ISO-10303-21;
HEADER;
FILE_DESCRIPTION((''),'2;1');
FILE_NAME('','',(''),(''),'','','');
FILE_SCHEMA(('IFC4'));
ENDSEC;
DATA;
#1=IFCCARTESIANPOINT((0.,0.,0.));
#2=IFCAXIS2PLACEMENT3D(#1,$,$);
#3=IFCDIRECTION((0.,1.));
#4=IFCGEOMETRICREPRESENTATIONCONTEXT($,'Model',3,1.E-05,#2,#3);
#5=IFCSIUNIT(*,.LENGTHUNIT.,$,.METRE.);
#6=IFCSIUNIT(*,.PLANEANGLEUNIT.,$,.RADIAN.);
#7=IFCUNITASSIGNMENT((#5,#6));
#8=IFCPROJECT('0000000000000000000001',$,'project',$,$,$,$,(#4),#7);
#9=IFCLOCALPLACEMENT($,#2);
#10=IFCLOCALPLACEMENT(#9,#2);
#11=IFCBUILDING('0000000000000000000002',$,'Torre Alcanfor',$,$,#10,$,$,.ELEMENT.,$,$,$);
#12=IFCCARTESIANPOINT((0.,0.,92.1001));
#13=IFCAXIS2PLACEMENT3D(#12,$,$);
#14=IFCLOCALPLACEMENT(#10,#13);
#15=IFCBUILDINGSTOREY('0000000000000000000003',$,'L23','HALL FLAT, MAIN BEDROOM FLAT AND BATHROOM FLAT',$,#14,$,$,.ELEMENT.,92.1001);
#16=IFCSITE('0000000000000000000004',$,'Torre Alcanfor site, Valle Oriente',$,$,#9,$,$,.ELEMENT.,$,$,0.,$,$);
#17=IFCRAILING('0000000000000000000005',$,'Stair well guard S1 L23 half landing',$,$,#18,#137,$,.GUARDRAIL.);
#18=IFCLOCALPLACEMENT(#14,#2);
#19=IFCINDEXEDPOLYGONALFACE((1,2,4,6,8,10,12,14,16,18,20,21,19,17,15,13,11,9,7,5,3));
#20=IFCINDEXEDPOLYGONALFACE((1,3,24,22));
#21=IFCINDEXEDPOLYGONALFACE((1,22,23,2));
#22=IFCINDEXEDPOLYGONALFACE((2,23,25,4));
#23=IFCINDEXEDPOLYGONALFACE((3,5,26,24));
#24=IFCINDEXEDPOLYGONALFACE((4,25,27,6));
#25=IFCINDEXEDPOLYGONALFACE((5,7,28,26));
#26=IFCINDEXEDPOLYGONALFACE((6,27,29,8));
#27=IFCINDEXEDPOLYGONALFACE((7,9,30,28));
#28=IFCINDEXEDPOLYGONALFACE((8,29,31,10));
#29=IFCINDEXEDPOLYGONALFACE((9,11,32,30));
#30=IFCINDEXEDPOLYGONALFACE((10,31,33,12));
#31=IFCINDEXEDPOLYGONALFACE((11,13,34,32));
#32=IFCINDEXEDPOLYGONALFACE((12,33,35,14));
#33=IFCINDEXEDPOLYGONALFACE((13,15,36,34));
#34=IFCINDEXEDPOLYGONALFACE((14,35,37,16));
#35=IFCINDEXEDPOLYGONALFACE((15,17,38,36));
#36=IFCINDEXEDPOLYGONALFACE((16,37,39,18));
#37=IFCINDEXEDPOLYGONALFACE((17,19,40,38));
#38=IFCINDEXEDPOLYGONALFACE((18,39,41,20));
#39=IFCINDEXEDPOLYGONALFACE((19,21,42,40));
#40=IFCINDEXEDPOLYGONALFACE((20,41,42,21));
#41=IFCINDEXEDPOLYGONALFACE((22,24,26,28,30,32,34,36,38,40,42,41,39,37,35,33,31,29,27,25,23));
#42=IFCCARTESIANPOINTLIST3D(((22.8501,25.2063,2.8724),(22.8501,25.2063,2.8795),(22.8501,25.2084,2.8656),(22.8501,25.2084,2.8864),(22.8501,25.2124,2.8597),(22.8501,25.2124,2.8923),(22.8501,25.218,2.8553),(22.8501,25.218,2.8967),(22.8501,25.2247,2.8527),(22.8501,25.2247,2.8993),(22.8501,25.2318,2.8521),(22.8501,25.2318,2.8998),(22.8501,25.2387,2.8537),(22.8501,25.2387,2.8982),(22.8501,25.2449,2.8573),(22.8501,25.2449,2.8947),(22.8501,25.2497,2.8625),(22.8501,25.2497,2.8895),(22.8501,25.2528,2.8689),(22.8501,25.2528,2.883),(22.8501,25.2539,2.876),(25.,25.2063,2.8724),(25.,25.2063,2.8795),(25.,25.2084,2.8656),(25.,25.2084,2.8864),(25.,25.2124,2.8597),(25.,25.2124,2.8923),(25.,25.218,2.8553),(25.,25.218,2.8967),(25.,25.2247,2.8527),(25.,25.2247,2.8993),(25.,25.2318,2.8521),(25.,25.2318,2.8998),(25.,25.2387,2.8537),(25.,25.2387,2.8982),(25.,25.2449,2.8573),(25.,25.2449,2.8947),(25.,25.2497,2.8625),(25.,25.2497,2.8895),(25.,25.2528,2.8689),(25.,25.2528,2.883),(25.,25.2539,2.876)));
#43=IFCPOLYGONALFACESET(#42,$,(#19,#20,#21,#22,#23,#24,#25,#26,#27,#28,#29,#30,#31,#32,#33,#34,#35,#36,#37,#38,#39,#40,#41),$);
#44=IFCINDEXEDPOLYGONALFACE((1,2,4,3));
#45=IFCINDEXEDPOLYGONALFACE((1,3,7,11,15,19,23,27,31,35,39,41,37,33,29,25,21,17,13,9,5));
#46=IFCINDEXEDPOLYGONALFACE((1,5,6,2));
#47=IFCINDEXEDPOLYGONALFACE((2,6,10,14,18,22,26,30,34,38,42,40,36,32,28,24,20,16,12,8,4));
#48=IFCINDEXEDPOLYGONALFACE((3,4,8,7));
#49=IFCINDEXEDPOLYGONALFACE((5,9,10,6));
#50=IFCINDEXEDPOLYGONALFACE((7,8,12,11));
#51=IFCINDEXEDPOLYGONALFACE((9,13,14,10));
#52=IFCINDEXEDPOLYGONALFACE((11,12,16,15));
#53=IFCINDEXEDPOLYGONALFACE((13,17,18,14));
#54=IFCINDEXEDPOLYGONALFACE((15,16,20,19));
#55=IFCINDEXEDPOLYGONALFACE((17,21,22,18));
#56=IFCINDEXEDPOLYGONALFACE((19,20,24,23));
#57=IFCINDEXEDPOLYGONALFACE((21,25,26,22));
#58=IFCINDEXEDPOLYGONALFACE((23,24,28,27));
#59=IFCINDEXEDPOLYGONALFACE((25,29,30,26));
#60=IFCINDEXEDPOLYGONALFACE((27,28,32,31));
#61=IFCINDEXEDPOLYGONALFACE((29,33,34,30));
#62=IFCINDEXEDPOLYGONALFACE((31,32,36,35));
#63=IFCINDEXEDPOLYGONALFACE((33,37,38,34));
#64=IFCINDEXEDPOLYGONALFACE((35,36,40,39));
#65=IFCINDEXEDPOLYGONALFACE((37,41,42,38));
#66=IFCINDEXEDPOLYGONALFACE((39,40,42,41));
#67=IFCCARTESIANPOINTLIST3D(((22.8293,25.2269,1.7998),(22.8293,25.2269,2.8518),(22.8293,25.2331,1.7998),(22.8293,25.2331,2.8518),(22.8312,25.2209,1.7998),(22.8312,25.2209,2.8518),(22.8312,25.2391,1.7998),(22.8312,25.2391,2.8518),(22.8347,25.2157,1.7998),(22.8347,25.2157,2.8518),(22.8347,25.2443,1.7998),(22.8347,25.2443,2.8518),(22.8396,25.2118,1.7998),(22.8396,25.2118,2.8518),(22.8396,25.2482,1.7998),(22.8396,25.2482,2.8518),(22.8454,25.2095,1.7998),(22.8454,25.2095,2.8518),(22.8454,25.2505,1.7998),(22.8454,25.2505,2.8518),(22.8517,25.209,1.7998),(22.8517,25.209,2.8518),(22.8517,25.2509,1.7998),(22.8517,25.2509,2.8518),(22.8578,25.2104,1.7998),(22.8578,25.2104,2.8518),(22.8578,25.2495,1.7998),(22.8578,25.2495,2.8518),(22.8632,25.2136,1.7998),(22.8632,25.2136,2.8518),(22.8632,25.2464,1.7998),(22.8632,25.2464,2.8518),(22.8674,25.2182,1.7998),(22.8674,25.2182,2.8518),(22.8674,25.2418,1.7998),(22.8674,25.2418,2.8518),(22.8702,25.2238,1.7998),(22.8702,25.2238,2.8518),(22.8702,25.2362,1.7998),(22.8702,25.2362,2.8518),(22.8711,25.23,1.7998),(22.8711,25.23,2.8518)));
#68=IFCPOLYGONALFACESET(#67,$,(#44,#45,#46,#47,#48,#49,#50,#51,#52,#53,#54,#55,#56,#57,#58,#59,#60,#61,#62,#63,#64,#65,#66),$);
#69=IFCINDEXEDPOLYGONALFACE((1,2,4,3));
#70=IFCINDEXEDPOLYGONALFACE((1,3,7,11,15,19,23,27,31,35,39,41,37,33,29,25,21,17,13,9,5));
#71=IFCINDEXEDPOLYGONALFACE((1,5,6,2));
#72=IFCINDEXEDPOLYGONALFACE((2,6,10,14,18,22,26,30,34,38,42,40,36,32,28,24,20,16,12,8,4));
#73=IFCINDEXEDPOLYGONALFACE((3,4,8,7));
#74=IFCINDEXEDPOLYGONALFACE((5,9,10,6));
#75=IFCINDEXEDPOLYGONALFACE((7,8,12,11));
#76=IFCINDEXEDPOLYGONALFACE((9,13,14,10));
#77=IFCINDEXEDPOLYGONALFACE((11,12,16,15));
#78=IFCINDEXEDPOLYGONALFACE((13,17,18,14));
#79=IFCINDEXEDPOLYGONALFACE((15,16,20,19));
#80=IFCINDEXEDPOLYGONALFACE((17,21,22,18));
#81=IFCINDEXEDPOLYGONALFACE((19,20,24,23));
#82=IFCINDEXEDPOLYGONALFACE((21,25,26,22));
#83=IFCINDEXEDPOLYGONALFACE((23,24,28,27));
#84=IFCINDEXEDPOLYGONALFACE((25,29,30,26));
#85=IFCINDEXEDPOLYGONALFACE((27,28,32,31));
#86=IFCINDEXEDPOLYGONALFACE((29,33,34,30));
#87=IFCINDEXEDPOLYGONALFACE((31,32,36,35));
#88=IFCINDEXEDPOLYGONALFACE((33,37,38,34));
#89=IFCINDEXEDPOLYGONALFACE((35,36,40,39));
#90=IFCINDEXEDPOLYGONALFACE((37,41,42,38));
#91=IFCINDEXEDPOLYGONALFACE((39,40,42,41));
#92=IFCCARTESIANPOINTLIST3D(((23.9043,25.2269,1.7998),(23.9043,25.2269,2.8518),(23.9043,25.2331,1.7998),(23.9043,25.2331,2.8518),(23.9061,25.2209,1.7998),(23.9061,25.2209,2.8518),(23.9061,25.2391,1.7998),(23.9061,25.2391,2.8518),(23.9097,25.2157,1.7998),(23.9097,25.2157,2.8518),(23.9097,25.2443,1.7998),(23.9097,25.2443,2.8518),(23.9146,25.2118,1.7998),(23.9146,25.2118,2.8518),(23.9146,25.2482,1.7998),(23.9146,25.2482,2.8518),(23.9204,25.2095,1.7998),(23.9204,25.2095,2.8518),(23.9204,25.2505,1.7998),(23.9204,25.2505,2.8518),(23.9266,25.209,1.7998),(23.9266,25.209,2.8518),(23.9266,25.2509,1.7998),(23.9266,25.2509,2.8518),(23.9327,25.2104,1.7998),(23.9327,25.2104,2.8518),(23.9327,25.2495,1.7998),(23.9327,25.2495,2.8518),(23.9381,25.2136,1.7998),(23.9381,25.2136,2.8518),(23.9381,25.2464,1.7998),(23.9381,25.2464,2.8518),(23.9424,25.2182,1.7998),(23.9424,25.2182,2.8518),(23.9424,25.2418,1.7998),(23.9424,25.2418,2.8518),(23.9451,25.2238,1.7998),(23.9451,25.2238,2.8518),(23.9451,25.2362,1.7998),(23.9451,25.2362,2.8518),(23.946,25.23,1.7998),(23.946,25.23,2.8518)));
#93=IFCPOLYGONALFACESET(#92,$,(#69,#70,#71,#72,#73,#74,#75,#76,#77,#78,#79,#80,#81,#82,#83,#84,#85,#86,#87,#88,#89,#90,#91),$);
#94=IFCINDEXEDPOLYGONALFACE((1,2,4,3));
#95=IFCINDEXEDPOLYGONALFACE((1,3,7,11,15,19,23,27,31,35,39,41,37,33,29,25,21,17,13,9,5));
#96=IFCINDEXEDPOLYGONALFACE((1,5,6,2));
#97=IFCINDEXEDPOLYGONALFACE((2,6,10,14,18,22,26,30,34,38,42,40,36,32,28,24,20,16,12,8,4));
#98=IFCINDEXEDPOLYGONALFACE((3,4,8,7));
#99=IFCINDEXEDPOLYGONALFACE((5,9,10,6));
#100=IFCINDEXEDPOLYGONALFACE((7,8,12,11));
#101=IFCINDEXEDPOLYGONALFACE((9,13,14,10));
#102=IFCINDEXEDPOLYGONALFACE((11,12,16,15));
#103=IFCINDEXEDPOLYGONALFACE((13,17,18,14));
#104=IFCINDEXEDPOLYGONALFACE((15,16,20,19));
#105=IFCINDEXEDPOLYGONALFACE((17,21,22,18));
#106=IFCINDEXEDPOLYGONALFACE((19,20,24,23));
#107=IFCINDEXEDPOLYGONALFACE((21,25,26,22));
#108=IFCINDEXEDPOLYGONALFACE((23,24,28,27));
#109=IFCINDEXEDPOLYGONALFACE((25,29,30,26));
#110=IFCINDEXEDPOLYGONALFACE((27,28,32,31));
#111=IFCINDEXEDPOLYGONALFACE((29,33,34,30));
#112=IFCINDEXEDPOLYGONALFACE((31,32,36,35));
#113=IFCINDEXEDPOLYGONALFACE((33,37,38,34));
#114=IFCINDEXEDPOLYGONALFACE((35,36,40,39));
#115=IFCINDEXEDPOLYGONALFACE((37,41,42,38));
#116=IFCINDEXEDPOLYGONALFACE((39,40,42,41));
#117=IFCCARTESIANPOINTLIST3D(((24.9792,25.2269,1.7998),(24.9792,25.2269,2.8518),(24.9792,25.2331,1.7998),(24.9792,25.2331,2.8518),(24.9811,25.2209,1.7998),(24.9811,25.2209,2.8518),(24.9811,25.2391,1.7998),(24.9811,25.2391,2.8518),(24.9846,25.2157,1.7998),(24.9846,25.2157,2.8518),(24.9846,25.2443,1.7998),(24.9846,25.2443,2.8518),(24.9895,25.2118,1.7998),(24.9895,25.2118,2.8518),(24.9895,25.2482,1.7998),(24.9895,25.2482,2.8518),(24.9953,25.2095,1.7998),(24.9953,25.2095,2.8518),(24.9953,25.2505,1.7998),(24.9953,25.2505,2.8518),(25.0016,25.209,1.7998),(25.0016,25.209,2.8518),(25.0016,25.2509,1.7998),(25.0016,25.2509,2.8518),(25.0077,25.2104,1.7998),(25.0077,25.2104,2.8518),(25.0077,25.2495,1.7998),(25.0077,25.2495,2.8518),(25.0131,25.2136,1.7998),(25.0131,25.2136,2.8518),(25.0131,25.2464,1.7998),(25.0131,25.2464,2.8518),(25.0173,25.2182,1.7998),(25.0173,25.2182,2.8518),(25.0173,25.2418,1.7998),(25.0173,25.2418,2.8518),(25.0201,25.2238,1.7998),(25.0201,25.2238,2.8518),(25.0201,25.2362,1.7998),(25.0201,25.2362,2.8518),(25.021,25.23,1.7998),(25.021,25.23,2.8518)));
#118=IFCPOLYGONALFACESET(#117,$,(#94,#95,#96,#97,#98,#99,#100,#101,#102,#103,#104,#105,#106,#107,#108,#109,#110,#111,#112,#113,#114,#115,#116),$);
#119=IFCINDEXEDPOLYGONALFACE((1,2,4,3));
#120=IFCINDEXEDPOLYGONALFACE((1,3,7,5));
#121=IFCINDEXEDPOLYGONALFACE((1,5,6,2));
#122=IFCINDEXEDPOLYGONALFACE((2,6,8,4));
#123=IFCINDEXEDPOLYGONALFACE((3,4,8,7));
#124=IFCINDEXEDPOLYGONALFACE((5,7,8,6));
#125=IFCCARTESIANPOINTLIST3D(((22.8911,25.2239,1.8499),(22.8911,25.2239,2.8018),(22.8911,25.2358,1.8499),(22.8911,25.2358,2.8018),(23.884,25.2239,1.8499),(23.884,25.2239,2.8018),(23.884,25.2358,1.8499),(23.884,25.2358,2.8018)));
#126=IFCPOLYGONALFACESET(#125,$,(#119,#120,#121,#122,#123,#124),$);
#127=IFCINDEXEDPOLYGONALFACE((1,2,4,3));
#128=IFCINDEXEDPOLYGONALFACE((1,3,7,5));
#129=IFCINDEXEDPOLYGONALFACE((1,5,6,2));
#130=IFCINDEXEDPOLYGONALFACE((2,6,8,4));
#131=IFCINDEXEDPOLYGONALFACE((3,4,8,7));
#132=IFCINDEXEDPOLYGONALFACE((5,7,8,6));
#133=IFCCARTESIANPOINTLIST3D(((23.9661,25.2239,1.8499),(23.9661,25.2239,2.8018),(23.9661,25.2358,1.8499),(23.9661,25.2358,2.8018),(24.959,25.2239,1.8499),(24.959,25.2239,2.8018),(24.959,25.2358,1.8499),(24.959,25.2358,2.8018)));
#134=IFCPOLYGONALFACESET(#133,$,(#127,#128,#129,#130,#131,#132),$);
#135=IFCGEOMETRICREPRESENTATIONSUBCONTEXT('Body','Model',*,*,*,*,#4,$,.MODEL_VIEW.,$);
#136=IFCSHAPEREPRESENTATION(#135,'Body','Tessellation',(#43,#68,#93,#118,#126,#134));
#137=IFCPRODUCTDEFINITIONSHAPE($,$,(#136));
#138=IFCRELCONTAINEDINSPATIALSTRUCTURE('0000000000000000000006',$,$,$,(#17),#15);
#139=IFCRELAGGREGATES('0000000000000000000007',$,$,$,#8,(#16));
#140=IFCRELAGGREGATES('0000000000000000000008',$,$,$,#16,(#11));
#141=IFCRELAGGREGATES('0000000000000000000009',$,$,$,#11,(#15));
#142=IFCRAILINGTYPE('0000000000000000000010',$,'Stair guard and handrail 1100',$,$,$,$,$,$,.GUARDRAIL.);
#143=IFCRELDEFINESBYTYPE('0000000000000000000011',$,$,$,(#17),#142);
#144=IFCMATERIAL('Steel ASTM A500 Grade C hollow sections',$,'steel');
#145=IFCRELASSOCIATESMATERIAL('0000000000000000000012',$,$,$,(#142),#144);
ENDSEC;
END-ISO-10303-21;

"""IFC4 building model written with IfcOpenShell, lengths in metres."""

from ifc_helpers import new_model, si_unit, direction, frame, origin, origin_2d, place, context, subcontext, project, spatial, polyline, circle, outline, extrude, material, type_object, element, save


model = new_model("IFC4")

# Units and contexts
model_context = context("Model", 3, precision=1e-05, world=origin(), true_north=direction((0.0, 1.0)))
body_context = subcontext(model_context, "Body", "Model", "MODEL_VIEW")
ifc_project = project(units=[si_unit("LENGTHUNIT", "METRE"), si_unit("PLANEANGLEUNIT", "RADIAN")], contexts=[model_context])

# Site, building, storey
site_placement = place(None, origin())
site = spatial("IfcSite", under=ifc_project, at=site_placement, Name="Torre Alcanfor site, Valle Oriente", CompositionType="ELEMENT", RefElevation=0.0)
building_placement = place(site_placement, origin())
building = spatial("IfcBuilding", under=site, at=building_placement, Name="Torre Alcanfor", CompositionType="ELEMENT")
storey_placement = place(building_placement, frame((0.0, 0.0, 92.1001)))
storey = spatial("IfcBuildingStorey", under=building, at=storey_placement, Name="L23", Description="HALL FLAT, MAIN BEDROOM FLAT AND BATHROOM FLAT", CompositionType="ELEMENT", Elevation=92.1001)

# Railing
ifc_material_1 = material(Name="Steel ASTM A500 Grade C hollow sections", Category="steel")
railing_type_1 = type_object("IfcRailingType", Name="Stair guard and handrail 1100", PredefinedType="GUARDRAIL", material=ifc_material_1)
railing_1_placement = place(storey_placement, frame((22.8501, 25.23, 1.7998)))
element("IfcRailing", 1, at=railing_1_placement, inside=storey, type_object=railing_type_1, Name="Stair well guard S1 L23 half landing", PredefinedType="GUARDRAIL", context=body_context, shape_type="SweptSolid", body=[
    extrude(circle(Radius=0.0239, at=origin_2d()), frame((0.0, 0.0, 1.0762), z_axis=(1.0, 0.0, 0.0), x_axis=(0.0, 1.0, 0.0)), (0.0, 0.0, 1.0), 2.1499),
    extrude(circle(Radius=0.021, at=origin_2d()), origin(), (0.0, 0.0, 1.0), 1.052),
    extrude(circle(Radius=0.021, at=origin_2d()), frame((1.075, 0.0, 0.0)), (0.0, 0.0, 1.0), 1.052),
    extrude(circle(Radius=0.021, at=origin_2d()), frame((2.1499, 0.0, 0.0)), (0.0, 0.0, 1.0), 1.052),
    extrude(outline(polyline([(0.041, 0.05), (1.0339, 0.05), (1.0339, 1.002), (0.041, 1.002), (0.041, 0.05)])), frame((0.0, 0.0059, 0.0), z_axis=(0.0, -1.0, 0.0), x_axis=(1.0, 0.0, 0.0)), (0.0, 0.0, 1.0), 0.012),
    extrude(outline(polyline([(1.116, 0.05), (2.1089, 0.05), (2.1089, 1.002), (1.116, 1.002), (1.116, 0.05)])), frame((0.0, 0.0059, 0.0), z_axis=(0.0, -1.0, 0.0), x_axis=(1.0, 0.0, 0.0)), (0.0, 0.0, 1.0), 0.012),
])

save(model, "model.ifc")
